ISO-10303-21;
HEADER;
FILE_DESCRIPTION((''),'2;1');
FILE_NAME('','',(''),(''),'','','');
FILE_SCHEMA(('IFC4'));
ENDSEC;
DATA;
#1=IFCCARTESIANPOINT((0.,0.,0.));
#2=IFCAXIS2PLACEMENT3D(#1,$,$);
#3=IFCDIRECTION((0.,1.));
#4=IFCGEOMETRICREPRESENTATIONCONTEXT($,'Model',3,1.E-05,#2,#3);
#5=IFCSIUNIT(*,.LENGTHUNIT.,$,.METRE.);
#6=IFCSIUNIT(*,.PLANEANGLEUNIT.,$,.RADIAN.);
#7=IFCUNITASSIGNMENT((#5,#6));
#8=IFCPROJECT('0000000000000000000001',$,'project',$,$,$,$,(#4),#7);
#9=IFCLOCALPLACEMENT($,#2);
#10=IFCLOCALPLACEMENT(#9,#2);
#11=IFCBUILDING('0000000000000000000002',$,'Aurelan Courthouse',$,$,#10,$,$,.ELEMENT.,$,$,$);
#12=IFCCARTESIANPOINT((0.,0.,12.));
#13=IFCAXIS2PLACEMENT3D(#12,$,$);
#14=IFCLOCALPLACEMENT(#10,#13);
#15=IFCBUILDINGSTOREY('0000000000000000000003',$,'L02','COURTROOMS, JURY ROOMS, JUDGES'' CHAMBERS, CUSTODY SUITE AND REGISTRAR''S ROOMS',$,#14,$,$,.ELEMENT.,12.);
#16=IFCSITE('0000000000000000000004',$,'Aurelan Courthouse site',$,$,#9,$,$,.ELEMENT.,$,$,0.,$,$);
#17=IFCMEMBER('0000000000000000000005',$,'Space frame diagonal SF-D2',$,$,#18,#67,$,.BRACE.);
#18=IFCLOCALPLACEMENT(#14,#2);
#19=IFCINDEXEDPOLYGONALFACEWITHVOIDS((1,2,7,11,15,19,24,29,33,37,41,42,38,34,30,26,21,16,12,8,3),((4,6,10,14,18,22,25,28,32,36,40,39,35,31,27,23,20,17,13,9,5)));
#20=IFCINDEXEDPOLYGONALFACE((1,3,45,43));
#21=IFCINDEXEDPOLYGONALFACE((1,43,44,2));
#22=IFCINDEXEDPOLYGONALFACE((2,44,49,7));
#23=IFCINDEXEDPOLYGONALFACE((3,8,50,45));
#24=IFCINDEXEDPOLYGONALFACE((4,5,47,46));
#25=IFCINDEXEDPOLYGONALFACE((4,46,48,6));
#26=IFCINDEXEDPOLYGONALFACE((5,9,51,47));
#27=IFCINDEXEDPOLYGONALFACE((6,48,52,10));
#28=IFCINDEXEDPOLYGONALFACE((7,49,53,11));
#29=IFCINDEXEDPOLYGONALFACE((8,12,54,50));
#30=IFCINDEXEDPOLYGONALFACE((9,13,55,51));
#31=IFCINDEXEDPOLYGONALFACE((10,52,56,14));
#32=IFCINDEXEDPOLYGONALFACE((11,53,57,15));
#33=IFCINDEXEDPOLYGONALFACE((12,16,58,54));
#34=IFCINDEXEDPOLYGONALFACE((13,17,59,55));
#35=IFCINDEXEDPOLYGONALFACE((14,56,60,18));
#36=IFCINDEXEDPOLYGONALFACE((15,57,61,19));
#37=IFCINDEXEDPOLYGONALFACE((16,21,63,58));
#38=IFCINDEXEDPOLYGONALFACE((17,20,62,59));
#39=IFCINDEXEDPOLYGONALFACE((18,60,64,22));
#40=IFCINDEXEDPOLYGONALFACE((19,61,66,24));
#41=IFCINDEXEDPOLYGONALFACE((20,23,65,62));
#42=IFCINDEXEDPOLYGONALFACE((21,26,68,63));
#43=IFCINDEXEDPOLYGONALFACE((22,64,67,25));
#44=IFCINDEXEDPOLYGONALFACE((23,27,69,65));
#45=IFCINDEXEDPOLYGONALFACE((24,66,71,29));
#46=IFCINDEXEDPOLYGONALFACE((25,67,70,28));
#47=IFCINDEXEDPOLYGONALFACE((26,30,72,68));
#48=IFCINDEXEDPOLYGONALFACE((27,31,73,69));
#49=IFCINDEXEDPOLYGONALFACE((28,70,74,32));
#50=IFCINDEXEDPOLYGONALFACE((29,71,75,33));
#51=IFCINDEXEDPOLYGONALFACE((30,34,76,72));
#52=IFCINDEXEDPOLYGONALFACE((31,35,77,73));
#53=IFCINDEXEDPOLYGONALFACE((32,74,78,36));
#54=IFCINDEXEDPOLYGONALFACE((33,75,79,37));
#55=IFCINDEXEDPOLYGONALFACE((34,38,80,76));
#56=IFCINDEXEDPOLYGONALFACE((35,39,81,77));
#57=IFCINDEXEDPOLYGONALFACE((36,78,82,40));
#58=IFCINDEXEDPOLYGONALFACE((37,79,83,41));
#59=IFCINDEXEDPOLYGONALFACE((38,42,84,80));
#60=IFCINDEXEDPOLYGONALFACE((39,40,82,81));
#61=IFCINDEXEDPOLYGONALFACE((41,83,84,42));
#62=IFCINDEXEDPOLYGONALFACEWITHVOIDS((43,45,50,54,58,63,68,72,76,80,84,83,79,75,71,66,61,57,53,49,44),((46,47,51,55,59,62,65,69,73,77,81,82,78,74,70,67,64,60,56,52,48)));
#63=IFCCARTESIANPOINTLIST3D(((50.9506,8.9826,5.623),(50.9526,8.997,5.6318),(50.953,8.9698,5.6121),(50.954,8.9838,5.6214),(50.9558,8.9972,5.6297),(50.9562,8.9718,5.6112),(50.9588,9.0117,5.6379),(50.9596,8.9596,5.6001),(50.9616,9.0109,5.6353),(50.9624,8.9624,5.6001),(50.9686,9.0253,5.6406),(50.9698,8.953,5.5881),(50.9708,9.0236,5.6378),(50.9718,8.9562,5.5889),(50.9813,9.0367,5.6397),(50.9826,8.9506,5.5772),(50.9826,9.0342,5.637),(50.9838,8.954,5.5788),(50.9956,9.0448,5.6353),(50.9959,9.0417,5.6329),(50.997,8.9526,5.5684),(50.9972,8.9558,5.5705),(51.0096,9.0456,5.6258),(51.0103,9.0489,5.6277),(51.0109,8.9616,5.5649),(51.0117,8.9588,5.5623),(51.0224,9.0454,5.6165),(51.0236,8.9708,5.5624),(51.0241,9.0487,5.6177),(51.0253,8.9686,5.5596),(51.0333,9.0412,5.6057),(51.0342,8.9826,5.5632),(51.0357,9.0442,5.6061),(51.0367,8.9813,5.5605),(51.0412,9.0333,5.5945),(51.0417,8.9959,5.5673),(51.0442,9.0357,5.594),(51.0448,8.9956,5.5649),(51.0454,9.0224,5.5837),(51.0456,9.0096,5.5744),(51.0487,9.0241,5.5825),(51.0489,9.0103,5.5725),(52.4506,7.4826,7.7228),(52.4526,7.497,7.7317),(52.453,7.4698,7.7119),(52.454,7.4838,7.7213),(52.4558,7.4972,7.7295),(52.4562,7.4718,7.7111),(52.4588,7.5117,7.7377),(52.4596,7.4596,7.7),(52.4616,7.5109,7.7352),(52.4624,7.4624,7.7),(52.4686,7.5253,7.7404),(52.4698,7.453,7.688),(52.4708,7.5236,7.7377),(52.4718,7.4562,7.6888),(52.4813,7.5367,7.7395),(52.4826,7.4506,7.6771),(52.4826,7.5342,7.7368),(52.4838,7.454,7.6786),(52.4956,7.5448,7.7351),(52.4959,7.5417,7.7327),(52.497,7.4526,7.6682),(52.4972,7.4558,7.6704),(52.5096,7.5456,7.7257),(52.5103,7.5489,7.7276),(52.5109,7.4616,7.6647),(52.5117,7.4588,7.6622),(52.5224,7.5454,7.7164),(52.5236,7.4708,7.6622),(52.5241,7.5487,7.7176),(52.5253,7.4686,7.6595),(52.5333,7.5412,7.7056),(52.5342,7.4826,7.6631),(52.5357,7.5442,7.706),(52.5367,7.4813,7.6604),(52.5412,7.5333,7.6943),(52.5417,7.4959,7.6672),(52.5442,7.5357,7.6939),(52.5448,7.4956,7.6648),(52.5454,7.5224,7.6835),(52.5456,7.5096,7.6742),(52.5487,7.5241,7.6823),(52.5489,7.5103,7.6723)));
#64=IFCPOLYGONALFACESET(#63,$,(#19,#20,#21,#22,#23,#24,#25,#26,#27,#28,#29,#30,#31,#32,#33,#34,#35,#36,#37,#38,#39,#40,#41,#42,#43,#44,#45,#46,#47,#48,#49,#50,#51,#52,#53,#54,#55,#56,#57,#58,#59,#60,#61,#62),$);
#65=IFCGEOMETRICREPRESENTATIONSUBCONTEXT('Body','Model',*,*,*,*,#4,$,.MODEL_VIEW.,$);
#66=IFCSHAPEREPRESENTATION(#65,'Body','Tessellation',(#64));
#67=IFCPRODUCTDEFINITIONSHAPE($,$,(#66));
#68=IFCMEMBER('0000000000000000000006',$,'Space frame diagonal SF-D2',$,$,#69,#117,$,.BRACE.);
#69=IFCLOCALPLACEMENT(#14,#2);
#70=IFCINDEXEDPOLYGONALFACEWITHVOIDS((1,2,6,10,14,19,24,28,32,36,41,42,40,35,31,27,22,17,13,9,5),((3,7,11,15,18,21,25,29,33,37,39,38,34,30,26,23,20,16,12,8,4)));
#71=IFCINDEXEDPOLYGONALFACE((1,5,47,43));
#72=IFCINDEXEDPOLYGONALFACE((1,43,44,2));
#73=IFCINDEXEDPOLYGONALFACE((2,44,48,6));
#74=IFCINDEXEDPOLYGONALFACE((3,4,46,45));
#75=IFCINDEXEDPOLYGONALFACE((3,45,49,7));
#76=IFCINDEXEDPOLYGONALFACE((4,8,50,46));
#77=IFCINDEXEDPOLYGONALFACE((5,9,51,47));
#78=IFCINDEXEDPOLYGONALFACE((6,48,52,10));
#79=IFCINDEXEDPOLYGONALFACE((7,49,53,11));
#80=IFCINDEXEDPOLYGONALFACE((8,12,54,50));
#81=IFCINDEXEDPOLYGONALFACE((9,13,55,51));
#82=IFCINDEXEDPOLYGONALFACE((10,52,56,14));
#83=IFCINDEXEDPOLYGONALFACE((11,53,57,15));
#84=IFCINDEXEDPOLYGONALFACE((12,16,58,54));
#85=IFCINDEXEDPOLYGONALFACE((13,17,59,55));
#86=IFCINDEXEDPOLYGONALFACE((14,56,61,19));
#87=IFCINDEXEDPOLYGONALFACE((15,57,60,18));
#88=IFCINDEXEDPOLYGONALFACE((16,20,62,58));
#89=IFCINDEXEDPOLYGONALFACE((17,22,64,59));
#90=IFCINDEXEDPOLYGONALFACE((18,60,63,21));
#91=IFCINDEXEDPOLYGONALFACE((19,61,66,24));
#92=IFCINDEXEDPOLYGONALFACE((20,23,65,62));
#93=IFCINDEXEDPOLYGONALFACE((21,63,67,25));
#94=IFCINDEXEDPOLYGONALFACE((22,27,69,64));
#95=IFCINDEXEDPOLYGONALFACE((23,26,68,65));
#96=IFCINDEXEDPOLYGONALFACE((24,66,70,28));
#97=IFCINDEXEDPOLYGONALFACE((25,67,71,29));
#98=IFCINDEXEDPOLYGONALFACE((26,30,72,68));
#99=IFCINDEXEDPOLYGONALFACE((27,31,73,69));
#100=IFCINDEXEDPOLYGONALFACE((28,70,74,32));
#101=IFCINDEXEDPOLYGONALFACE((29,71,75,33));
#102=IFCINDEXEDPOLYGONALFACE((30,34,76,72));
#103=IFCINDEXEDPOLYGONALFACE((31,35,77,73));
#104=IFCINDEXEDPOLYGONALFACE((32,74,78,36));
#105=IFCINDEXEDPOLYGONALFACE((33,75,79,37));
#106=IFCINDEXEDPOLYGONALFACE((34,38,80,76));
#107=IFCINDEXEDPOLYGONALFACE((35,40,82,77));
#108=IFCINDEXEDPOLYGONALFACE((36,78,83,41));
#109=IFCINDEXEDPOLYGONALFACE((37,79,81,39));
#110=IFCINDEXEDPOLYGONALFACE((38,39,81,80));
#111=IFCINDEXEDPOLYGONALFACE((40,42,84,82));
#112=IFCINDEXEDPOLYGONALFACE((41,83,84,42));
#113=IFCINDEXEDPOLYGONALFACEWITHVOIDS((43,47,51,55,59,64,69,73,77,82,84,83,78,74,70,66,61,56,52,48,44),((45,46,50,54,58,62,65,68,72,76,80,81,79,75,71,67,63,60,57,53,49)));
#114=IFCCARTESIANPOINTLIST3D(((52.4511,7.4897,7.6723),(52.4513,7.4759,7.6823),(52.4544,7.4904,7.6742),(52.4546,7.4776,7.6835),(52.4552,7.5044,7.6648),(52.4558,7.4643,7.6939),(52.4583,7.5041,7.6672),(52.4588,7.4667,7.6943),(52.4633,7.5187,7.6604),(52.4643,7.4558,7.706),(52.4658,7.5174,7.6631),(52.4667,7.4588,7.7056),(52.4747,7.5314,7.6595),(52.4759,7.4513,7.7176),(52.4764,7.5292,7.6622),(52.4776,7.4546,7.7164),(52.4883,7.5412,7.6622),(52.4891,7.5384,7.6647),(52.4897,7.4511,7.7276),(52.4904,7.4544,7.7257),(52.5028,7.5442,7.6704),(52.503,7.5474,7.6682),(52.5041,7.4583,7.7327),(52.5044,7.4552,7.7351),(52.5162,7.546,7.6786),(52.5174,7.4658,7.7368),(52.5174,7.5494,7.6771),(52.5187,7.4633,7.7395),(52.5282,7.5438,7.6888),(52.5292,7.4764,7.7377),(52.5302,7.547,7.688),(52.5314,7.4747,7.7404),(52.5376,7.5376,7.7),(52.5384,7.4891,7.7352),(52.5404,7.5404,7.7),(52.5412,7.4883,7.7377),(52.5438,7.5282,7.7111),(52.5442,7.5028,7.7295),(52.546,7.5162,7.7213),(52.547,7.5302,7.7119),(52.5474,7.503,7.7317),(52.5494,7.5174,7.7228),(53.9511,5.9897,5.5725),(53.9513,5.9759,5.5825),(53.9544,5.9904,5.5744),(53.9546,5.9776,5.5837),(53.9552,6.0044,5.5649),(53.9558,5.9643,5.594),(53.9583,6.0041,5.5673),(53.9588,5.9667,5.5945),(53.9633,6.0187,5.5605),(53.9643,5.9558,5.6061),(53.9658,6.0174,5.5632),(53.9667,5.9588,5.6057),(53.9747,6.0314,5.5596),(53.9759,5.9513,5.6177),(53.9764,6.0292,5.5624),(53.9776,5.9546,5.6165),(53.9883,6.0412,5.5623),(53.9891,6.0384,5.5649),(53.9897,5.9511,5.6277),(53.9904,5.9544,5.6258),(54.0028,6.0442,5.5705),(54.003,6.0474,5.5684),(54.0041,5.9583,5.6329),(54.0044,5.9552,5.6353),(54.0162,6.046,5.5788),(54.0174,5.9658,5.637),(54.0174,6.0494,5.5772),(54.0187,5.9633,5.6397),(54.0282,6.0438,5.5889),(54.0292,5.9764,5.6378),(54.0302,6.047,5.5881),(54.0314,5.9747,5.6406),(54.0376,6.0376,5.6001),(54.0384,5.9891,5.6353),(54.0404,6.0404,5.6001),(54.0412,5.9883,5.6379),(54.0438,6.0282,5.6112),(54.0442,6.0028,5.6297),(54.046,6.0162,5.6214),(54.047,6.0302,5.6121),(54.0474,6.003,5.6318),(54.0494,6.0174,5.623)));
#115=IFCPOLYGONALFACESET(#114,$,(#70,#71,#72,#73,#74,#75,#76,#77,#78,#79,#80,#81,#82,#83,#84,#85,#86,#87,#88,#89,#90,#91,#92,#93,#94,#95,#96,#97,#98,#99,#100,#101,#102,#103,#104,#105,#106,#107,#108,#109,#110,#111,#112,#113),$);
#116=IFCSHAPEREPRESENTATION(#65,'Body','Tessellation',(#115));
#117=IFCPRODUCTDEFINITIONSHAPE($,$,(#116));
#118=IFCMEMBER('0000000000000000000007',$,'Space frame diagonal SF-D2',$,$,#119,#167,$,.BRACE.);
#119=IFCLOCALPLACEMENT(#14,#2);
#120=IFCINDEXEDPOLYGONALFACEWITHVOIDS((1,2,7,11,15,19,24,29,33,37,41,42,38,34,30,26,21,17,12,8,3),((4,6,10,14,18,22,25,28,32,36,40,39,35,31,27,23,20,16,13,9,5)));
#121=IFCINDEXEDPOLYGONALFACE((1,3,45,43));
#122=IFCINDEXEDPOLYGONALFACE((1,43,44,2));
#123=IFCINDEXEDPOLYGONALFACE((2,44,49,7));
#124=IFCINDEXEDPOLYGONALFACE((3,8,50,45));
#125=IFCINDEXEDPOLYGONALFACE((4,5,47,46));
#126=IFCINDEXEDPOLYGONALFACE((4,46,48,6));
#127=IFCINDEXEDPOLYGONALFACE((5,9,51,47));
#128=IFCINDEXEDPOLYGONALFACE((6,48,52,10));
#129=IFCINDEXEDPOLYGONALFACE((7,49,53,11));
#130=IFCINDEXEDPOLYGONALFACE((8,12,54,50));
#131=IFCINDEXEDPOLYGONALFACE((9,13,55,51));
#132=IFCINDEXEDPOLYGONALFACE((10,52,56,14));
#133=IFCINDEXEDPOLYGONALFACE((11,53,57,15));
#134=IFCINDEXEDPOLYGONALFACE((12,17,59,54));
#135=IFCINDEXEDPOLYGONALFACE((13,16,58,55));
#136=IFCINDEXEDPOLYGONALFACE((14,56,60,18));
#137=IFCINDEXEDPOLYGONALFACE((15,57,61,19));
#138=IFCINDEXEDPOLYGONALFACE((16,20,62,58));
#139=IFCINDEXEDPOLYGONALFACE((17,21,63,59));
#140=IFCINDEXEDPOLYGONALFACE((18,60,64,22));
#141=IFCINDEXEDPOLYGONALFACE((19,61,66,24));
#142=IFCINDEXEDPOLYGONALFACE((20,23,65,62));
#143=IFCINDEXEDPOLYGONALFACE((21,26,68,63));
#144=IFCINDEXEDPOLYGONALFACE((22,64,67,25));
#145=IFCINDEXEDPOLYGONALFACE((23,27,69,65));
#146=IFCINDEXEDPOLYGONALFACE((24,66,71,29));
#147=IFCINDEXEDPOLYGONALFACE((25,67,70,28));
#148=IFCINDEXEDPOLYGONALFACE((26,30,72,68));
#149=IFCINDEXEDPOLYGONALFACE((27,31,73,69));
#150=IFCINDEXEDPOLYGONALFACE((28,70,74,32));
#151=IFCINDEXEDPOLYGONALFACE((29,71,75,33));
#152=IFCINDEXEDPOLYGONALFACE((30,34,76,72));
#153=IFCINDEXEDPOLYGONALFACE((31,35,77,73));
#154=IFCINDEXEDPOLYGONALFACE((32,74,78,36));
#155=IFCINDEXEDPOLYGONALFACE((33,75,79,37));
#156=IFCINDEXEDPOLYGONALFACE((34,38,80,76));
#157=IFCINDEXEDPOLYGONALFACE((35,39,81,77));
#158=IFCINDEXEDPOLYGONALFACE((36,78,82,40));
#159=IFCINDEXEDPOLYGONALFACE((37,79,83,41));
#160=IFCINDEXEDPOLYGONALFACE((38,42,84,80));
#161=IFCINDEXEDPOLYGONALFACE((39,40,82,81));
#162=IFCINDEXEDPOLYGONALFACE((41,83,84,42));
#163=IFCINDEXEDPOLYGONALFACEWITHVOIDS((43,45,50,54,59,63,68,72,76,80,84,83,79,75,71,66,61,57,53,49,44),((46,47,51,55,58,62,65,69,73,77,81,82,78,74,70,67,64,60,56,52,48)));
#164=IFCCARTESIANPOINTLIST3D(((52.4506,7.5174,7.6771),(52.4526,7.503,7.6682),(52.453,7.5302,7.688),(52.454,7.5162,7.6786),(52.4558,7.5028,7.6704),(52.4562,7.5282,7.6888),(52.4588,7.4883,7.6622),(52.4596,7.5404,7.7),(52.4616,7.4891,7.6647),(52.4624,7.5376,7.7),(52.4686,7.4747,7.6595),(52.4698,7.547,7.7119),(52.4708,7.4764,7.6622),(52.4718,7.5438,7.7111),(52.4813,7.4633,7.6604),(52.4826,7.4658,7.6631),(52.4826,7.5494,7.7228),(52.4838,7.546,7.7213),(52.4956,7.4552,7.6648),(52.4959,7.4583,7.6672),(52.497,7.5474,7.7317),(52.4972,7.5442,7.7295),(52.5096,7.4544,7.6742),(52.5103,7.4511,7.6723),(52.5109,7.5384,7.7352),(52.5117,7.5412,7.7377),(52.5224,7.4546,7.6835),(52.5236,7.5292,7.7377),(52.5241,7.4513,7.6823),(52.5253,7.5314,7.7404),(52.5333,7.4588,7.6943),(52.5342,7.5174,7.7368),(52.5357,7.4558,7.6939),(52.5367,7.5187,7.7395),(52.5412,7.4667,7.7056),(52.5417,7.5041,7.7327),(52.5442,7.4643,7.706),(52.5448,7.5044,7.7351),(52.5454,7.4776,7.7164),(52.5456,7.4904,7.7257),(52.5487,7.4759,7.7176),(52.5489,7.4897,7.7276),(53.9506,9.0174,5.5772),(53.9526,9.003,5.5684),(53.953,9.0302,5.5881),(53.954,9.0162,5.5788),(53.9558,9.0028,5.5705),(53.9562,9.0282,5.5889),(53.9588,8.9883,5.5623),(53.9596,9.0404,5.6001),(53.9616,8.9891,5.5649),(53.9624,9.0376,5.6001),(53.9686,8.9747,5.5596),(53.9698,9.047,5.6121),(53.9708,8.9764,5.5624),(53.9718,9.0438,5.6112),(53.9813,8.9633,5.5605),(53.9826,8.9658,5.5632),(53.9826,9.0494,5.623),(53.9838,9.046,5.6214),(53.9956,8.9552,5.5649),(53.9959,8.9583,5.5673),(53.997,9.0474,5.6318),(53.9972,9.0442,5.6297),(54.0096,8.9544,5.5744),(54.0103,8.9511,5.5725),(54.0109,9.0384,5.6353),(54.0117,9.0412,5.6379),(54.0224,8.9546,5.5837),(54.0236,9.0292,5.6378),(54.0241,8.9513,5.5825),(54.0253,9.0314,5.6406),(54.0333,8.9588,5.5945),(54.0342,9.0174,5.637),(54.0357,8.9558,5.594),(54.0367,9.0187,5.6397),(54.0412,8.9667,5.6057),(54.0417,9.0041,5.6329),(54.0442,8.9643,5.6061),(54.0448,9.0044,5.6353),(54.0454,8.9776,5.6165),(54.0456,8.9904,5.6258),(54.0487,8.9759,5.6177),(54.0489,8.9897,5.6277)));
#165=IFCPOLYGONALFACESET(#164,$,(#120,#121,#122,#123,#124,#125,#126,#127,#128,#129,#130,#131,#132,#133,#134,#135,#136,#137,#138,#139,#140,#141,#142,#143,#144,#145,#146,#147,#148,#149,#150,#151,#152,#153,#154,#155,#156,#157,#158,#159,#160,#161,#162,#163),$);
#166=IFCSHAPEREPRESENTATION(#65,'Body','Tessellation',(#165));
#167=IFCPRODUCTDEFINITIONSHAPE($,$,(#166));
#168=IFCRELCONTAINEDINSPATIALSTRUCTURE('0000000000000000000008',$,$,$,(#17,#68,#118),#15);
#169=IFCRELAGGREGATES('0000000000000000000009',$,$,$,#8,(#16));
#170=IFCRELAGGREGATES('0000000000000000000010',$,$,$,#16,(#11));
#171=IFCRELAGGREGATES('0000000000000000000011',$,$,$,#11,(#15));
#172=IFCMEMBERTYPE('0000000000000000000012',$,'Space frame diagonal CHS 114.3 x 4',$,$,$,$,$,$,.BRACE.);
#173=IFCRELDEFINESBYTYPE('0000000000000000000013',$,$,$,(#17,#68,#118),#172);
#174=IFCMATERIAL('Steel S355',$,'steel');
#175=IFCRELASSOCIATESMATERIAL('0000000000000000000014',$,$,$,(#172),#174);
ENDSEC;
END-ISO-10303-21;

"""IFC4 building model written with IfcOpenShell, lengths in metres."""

from ifc_helpers import new_model, si_unit, direction, frame, origin, origin_2d, place, context, subcontext, project, spatial, hollow_circle, extrude, material, material_profile, profile_set, type_object, element, save


model = new_model("IFC4")

# Units and contexts
model_context = context("Model", 3, precision=1e-05, world=origin(), true_north=direction((0.0, 1.0)))
body_context = subcontext(model_context, "Body", "Model", "MODEL_VIEW")
ifc_project = project(units=[si_unit("LENGTHUNIT", "METRE"), si_unit("PLANEANGLEUNIT", "RADIAN")], contexts=[model_context])

# Site, building, storey
site_placement = place(None, origin())
site = spatial("IfcSite", under=ifc_project, at=site_placement, Name="Aurelan Courthouse site", CompositionType="ELEMENT", RefElevation=0.0)
building_placement = place(site_placement, origin())
building = spatial("IfcBuilding", under=site, at=building_placement, Name="Aurelan Courthouse", CompositionType="ELEMENT")
storey_placement = place(building_placement, frame((0.0, 0.0, 12.0)))
storey = spatial("IfcBuildingStorey", under=building, at=storey_placement, Name="L02", Description="COURTROOMS, JURY ROOMS, JUDGES' CHAMBERS, CUSTODY SUITE AND REGISTRAR'S ROOMS", CompositionType="ELEMENT", Elevation=12.0)

# Members
ifc_material_1 = material(Name="Steel S355", Category="steel")
ifc_material_profile_1 = material_profile(ifc_material_1, hollow_circle(Radius=0.0571, WallThickness=0.0039, at=origin_2d()), Name="CHS 114.3 x 4")
ifc_profile_set_1 = profile_set([ifc_material_profile_1], Name="Steel S355")
member_type_1 = type_object("IfcMemberType", Name="Space frame diagonal CHS 114.3 x 4", PredefinedType="BRACE", material=ifc_profile_set_1)
for number, where, z_axis, x_axis, name in (
    (1, (52.5, 7.5, 7.7), (-0.502536, 0.502536, -0.703502), (-0.707107, -0.707107, 0.0), "Space frame diagonal SF-D2"),
    (2, (52.5, 7.5, 7.7), (0.502536, -0.502536, -0.703502), (0.707107, 0.707107, 0.0), "Space frame diagonal SF-D2"),
    (3, (52.5, 7.5, 7.7), (0.502536, 0.502536, -0.703502), (-0.707107, 0.707107, 0.0), "Space frame diagonal SF-D2"),
):
    element("IfcMember", number, at=place(storey_placement, frame(where, z_axis=z_axis, x_axis=x_axis)), inside=storey, type_object=member_type_1, Name=name, PredefinedType="BRACE", context=body_context, shape_type="SweptSolid", body=[
        extrude(hollow_circle(Radius=0.0571, WallThickness=0.0039, at=origin_2d()), origin(), (0.0, 0.0, 1.0), 2.9849),
    ])

save(model, "model.ifc")
